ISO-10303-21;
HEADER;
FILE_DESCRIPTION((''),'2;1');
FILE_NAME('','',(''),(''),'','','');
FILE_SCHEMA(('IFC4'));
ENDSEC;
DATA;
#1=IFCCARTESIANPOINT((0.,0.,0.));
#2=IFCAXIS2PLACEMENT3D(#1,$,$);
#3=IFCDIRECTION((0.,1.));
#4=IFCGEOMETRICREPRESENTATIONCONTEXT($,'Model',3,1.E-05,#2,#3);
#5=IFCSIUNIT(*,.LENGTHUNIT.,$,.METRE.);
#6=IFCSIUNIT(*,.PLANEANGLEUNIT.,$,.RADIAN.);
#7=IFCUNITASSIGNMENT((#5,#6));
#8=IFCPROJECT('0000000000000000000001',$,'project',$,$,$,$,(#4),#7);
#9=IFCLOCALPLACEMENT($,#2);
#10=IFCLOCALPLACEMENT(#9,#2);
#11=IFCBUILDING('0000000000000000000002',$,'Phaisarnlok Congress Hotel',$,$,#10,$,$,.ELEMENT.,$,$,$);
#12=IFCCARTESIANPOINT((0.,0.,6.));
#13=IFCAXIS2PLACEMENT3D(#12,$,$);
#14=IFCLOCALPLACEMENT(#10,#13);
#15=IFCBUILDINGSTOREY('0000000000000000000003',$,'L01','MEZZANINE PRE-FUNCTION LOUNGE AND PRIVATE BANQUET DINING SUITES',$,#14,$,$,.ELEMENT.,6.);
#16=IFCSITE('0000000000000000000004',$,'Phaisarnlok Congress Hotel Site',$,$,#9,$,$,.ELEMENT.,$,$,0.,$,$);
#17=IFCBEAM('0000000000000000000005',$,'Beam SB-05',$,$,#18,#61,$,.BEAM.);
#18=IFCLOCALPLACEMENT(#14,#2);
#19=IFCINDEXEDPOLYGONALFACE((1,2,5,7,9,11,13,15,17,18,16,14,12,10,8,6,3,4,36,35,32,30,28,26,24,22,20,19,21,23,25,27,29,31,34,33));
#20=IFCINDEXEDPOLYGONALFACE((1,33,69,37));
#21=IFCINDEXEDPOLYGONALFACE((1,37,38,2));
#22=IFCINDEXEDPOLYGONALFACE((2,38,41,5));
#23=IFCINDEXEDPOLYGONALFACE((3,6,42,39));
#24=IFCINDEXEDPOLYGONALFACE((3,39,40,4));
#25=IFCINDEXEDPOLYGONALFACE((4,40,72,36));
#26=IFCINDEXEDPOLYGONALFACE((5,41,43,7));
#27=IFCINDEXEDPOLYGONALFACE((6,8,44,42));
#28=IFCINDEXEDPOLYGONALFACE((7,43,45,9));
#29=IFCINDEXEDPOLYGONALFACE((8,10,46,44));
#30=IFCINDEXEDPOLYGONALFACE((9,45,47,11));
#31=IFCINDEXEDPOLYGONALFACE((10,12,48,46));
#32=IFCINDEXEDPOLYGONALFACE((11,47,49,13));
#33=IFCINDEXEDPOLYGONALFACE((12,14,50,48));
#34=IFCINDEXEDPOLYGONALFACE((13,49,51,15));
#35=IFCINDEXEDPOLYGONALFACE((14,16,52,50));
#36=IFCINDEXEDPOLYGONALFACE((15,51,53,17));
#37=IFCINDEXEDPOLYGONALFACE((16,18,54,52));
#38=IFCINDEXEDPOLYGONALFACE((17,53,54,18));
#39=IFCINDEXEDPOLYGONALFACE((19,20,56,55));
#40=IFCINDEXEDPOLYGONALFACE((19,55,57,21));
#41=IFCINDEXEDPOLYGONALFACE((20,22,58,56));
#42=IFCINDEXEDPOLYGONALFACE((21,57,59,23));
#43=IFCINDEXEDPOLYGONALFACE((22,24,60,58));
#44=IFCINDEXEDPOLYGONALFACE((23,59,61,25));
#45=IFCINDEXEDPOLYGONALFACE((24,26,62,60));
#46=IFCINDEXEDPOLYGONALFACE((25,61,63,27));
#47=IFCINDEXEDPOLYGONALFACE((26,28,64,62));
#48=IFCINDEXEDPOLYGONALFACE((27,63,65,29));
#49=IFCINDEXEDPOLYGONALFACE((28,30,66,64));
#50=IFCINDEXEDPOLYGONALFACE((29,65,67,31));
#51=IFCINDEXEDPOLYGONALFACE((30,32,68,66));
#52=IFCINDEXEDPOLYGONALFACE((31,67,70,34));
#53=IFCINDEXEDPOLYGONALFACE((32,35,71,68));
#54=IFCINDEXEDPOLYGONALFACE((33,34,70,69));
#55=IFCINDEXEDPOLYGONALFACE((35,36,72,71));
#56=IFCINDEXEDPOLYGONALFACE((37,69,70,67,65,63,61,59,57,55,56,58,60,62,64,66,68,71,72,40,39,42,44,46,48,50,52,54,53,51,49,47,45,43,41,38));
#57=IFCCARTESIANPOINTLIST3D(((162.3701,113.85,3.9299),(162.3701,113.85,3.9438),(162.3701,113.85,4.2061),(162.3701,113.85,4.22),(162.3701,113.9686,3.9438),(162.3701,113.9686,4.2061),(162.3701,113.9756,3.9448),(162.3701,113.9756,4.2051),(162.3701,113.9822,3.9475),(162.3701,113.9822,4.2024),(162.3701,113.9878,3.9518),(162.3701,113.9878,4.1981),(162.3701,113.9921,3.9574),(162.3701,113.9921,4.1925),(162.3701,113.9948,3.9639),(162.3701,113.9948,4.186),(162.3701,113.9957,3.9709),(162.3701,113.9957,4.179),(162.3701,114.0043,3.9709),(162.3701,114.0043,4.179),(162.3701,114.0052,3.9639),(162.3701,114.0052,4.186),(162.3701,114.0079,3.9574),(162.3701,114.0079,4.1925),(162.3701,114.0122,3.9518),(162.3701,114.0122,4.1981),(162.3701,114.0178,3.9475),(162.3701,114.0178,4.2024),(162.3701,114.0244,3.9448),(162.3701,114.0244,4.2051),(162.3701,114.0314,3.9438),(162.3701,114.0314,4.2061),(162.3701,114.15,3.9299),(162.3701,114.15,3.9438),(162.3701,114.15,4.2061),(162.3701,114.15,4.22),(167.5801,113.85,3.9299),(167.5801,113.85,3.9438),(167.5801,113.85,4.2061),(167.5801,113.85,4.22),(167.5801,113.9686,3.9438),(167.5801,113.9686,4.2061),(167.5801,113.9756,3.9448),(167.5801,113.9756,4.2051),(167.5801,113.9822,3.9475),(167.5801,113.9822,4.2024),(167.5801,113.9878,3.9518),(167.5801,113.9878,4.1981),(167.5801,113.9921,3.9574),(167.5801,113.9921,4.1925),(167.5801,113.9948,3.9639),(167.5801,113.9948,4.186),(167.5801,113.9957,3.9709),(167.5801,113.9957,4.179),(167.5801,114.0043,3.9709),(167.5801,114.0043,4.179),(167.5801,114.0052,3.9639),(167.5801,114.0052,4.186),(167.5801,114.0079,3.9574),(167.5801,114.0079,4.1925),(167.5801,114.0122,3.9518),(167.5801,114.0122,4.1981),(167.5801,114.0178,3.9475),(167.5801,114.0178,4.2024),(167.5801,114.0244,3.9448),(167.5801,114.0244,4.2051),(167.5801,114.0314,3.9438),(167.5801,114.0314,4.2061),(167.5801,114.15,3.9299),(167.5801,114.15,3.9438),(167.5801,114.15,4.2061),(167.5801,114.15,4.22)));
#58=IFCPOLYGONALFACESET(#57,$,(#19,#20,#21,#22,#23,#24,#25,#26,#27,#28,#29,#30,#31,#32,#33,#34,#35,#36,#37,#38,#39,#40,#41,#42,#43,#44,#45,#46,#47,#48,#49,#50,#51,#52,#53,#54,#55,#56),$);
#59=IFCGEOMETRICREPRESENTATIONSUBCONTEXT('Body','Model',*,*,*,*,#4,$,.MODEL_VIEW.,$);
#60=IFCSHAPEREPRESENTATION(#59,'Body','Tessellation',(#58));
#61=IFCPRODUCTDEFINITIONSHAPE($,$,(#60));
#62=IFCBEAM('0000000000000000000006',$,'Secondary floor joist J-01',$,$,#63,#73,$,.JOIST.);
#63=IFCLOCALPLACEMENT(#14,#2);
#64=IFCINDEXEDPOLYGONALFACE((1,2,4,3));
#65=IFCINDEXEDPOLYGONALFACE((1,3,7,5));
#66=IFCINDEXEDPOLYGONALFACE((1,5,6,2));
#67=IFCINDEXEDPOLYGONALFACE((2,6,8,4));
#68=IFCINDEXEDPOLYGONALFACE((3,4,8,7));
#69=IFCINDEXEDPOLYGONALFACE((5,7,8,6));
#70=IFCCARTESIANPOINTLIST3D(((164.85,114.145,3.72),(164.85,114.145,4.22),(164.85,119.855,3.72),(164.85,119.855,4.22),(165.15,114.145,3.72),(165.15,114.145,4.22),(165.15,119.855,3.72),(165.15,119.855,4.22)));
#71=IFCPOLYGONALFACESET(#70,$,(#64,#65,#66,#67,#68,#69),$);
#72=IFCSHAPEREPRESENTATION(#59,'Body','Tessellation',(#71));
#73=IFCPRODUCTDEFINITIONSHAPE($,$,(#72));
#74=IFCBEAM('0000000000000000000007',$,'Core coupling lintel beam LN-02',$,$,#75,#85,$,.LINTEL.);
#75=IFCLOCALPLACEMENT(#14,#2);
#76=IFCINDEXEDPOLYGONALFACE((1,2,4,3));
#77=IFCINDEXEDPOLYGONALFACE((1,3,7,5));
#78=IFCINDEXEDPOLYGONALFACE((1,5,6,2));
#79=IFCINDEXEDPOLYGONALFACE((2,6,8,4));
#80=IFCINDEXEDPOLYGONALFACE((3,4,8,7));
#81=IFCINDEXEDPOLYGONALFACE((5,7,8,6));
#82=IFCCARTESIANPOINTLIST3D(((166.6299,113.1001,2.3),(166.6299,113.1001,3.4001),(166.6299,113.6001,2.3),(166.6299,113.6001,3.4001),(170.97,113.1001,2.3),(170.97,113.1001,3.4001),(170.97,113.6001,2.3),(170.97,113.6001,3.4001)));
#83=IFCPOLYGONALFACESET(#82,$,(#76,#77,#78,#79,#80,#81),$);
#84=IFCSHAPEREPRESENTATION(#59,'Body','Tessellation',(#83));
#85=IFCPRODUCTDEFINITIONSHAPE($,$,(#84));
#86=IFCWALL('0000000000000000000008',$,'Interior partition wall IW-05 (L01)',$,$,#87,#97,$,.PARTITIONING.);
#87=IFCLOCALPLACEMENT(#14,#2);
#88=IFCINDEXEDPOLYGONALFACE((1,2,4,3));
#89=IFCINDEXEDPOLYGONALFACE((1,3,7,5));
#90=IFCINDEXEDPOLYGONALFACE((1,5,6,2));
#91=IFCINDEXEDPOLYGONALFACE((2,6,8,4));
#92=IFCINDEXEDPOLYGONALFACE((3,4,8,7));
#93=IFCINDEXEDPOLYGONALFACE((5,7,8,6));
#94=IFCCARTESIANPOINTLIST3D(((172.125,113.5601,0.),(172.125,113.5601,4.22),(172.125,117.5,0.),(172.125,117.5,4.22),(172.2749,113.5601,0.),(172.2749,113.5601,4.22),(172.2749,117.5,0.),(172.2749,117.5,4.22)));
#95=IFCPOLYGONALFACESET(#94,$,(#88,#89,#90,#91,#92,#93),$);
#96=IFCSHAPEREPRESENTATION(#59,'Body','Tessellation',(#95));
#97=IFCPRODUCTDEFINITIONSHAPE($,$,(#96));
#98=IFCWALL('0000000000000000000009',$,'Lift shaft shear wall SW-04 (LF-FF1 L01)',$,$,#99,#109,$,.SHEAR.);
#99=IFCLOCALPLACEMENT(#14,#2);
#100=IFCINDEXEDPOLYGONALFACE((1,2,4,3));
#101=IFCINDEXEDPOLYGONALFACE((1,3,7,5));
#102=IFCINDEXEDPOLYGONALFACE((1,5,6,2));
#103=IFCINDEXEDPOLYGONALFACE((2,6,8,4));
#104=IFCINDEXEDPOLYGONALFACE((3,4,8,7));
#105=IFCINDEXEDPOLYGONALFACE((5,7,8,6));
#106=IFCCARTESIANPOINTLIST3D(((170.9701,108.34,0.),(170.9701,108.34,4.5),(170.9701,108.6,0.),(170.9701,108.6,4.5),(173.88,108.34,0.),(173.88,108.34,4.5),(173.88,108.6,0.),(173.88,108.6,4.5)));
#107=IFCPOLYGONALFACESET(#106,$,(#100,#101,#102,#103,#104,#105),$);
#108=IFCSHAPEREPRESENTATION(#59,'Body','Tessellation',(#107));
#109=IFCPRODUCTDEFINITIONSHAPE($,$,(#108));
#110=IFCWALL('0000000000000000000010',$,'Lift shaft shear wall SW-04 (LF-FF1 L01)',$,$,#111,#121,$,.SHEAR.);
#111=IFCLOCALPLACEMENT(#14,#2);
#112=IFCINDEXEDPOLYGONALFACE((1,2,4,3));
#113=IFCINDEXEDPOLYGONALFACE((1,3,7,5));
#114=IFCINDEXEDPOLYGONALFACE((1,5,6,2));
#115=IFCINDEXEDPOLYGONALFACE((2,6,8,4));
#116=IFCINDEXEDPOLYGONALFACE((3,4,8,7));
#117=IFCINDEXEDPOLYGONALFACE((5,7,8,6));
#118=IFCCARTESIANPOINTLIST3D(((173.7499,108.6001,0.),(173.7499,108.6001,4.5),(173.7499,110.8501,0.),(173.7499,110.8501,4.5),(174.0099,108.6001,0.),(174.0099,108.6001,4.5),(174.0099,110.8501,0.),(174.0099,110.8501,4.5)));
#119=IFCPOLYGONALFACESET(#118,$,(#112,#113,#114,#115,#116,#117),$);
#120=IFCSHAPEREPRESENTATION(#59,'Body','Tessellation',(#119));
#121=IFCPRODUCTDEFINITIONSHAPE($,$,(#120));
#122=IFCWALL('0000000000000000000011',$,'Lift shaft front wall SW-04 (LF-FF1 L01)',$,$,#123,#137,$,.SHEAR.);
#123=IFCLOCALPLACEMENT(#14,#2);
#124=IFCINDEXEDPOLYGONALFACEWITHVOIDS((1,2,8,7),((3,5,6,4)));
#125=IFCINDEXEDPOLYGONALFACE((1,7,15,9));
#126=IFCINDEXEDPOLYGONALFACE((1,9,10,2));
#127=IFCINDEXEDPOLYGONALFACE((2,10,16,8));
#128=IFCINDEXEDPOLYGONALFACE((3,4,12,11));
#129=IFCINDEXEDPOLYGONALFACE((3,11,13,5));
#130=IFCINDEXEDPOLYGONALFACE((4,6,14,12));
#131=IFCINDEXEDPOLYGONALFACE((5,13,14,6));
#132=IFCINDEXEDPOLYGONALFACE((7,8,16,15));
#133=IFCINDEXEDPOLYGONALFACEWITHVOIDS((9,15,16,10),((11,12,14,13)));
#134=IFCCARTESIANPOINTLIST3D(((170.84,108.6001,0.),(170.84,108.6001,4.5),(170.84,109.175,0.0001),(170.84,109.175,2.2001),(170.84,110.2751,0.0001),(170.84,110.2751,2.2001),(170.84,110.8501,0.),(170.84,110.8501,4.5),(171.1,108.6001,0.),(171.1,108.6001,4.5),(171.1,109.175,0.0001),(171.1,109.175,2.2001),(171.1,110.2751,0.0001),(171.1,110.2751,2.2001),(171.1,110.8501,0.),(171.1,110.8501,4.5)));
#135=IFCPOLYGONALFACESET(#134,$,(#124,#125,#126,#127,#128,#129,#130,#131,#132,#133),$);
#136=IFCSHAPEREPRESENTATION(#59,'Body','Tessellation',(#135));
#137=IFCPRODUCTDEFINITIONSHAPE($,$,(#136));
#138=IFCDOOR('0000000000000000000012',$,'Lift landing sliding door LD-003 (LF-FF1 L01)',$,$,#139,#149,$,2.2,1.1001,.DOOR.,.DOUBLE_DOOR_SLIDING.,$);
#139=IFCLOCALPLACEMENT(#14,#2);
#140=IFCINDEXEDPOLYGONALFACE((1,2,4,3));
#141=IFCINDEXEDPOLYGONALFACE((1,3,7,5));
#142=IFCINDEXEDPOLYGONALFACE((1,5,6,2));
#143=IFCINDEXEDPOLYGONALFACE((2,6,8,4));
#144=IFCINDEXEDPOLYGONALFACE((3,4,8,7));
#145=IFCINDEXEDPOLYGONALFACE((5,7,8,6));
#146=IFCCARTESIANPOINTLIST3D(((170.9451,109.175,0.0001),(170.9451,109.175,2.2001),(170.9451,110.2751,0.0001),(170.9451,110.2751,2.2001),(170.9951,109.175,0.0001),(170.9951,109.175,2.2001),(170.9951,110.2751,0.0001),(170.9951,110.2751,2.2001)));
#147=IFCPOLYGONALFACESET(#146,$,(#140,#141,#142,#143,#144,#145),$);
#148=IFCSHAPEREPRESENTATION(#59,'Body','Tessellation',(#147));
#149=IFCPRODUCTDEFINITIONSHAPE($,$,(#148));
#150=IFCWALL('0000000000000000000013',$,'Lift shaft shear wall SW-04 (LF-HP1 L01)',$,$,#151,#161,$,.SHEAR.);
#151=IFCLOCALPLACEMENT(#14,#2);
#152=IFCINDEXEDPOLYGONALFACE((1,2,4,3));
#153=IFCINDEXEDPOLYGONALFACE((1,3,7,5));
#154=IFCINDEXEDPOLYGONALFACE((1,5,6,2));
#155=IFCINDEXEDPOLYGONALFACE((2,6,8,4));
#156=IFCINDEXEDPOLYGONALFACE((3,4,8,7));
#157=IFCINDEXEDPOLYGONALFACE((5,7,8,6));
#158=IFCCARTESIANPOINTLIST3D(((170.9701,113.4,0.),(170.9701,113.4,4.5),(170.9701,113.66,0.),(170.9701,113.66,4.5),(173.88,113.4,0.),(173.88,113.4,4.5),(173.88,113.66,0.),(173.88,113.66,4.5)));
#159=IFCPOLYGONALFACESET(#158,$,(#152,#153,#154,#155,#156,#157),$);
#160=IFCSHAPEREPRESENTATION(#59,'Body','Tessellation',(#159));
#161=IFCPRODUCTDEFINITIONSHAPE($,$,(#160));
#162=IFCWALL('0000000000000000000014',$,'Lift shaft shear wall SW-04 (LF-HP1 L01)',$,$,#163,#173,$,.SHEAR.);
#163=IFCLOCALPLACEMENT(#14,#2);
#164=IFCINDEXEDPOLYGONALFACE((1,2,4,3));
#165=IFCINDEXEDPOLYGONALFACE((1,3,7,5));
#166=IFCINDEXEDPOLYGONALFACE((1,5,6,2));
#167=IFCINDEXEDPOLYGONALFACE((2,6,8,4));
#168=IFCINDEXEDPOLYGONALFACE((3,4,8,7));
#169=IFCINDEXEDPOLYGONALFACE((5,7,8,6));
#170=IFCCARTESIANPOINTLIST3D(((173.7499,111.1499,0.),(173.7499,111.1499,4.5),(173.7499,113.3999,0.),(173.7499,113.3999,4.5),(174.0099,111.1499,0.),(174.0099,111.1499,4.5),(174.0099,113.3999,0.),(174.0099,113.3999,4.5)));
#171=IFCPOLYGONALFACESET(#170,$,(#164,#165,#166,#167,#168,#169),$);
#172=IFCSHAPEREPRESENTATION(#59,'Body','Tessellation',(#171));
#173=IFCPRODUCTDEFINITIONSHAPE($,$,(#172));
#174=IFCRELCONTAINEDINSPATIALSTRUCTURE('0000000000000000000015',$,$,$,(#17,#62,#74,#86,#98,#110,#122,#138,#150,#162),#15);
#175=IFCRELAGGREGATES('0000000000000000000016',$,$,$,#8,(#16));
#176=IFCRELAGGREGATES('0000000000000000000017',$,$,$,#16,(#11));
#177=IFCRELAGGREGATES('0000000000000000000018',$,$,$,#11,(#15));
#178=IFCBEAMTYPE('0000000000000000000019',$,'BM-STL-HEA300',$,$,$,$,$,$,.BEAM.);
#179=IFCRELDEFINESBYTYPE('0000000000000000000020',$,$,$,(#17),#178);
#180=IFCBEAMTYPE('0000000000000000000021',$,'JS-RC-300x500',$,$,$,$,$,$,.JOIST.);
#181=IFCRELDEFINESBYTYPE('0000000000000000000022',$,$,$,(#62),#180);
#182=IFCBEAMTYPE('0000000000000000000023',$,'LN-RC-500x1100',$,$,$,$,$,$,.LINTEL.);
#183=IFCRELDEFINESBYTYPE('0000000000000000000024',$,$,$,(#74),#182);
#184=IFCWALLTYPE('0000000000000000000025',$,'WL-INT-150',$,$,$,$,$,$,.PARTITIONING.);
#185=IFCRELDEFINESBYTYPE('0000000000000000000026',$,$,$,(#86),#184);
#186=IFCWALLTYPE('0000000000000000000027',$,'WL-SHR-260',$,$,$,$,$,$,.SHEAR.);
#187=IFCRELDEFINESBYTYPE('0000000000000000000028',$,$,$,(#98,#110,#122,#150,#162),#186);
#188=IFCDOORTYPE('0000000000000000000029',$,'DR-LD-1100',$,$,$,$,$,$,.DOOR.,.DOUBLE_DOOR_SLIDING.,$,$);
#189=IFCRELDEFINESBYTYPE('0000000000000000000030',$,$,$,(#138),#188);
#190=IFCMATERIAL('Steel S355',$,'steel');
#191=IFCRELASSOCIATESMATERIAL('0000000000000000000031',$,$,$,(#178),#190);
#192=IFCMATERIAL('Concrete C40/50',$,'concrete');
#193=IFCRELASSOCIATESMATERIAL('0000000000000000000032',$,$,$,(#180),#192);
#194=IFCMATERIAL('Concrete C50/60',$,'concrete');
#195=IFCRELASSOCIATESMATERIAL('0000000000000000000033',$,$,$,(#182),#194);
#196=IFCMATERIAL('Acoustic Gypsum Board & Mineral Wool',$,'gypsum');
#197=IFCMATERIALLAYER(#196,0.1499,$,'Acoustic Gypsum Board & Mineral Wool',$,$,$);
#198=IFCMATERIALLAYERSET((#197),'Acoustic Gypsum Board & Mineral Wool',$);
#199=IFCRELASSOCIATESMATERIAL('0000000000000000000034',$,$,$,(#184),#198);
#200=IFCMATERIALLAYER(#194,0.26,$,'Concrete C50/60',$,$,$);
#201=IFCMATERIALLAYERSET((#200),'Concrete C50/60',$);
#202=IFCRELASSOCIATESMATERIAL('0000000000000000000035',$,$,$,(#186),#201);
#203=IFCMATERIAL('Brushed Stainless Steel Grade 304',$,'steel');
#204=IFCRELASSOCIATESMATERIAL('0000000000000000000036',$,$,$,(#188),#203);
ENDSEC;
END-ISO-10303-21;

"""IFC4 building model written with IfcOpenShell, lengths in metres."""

from ifc_helpers import new_model, si_unit, direction, frame, frame_2d, origin, origin_2d, place, context, subcontext, project, spatial, rectangle, i_section, extrude, material, layer, layer_set, material_profile, profile_set, type_object, element, fill, save


model = new_model("IFC4")

# Units and contexts
model_context = context("Model", 3, precision=1e-05, world=origin(), true_north=direction((0.0, 1.0)))
body_context = subcontext(model_context, "Body", "Model", "MODEL_VIEW")
ifc_project = project(units=[si_unit("LENGTHUNIT", "METRE"), si_unit("PLANEANGLEUNIT", "RADIAN")], contexts=[model_context])

# Site, building, storey
site_placement = place(None, origin())
site = spatial("IfcSite", under=ifc_project, at=site_placement, Name="Phaisarnlok Congress Hotel Site", CompositionType="ELEMENT", RefElevation=0.0)
building_placement = place(site_placement, origin())
building = spatial("IfcBuilding", under=site, at=building_placement, Name="Phaisarnlok Congress Hotel", CompositionType="ELEMENT")
storey_placement = place(building_placement, frame((0.0, 0.0, 6.0)))
storey = spatial("IfcBuildingStorey", under=building, at=storey_placement, Name="L01", Description="MEZZANINE PRE-FUNCTION LOUNGE AND PRIVATE BANQUET DINING SUITES", CompositionType="ELEMENT", Elevation=6.0)

# Shared definitions
ifc_material_1 = material(Name="Concrete C50/60", Category="concrete")

# Beams
ifc_material_2 = material(Name="Concrete C40/50", Category="concrete")
ifc_material_3 = material(Name="Steel S355", Category="steel")
ifc_material_profile_1 = material_profile(ifc_material_3, i_section(OverallWidth=0.3, OverallDepth=0.29, WebThickness=0.0085, FlangeThickness=0.0139, FilletRadius=0.0271, at=origin_2d()), Name="HEA 300")
ifc_profile_set_1 = profile_set([ifc_material_profile_1], Name="Steel S355")
beam_type_1 = type_object("IfcBeamType", Name="BM-STL-HEA300", PredefinedType="BEAM", material=ifc_profile_set_1)
beam_1_placement = place(storey_placement, frame((162.3701, 114.0, 4.075), z_axis=(1.0, 0.0, 0.0), x_axis=(0.0, 1.0, 0.0)))
element("IfcBeam", 1, at=beam_1_placement, inside=storey, type_object=beam_type_1, Name="Beam SB-05", PredefinedType="BEAM", context=body_context, shape_type="SweptSolid", body=[
    extrude(i_section(OverallWidth=0.3, OverallDepth=0.29, WebThickness=0.0085, FlangeThickness=0.0139, FilletRadius=0.0271, at=origin_2d()), origin(), (0.0, 0.0, 1.0), 5.21),
])
ifc_material_profile_2 = material_profile(ifc_material_2, rectangle(XDim=0.3, YDim=0.5, at=origin_2d()), Name="RC 300x500")
ifc_profile_set_2 = profile_set([ifc_material_profile_2], Name="Concrete C40/50")
beam_type_2 = type_object("IfcBeamType", Name="JS-RC-300x500", PredefinedType="JOIST", material=ifc_profile_set_2)
beam_2_placement = place(storey_placement, frame((165.0, 114.145, 3.97), z_axis=(0.0, 1.0, 0.0), x_axis=(-1.0, 0.0, 0.0)))
element("IfcBeam", 2, at=beam_2_placement, inside=storey, type_object=beam_type_2, Name="Secondary floor joist J-01", PredefinedType="JOIST", context=body_context, shape_type="SweptSolid", body=[
    extrude(rectangle(XDim=0.3, YDim=0.5, at=origin_2d()), origin(), (0.0, 0.0, 1.0), 5.71),
])
ifc_material_profile_3 = material_profile(ifc_material_1, rectangle(XDim=0.5, YDim=1.1001, at=origin_2d()), Name="RC 500x1100")
ifc_profile_set_3 = profile_set([ifc_material_profile_3], Name="Concrete C50/60")
beam_type_3 = type_object("IfcBeamType", Name="LN-RC-500x1100", PredefinedType="LINTEL", material=ifc_profile_set_3)
beam_3_placement = place(storey_placement, frame((166.6299, 113.3501, 2.8501), z_axis=(1.0, 0.0, 0.0), x_axis=(0.0, 1.0, 0.0)))
element("IfcBeam", 3, at=beam_3_placement, inside=storey, type_object=beam_type_3, Name="Core coupling lintel beam LN-02", PredefinedType="LINTEL", context=body_context, shape_type="SweptSolid", body=[
    extrude(rectangle(XDim=0.5, YDim=1.1001, at=origin_2d()), origin(), (0.0, 0.0, 1.0), 4.3401),
])

# Wall
ifc_material_4 = material(Name="Acoustic Gypsum Board & Mineral Wool", Category="gypsum")
ifc_layer_1 = layer(ifc_material_4, 0.1499, Name="Acoustic Gypsum Board & Mineral Wool")
ifc_layer_set_1 = layer_set([ifc_layer_1], Name="Acoustic Gypsum Board & Mineral Wool")
wall_type_1 = type_object("IfcWallType", Name="WL-INT-150", PredefinedType="PARTITIONING", material=ifc_layer_set_1)
wall_1_placement = place(storey_placement, frame((172.2, 113.5601, 0.0), z_axis=(0.0, 0.0, 1.0), x_axis=(0.0, 1.0, 0.0)))
element("IfcWall", 4, at=wall_1_placement, inside=storey, type_object=wall_type_1, Name="Interior partition wall IW-05 (L01)", PredefinedType="PARTITIONING", context=body_context, shape_type="SweptSolid", body=[
    extrude(rectangle(XDim=3.9399, YDim=0.1499, at=frame_2d((1.97, 0.0))), origin(), (0.0, 0.0, 1.0), 4.22),
])

# Shared definitions
ifc_layer_2 = layer(ifc_material_1, 0.26, Name="Concrete C50/60")
ifc_layer_set_2 = layer_set([ifc_layer_2], Name="Concrete C50/60")
wall_type_2 = type_object("IfcWallType", Name="WL-SHR-260", PredefinedType="SHEAR", material=ifc_layer_set_2)

# Walls
wall_2_placement = place(storey_placement, frame((170.97, 108.47, 0.0), z_axis=(0.0, 0.0, 1.0), x_axis=(1.0, 0.0, 0.0)))
element("IfcWall", 5, at=wall_2_placement, inside=storey, type_object=wall_type_2, Name="Lift shaft shear wall SW-04 (LF-FF1 L01)", PredefinedType="SHEAR", context=body_context, shape_type="SweptSolid", body=[
    extrude(rectangle(XDim=2.9099, YDim=0.26, at=frame_2d((1.4551, 0.0))), origin(), (0.0, 0.0, 1.0), 4.5),
])
wall_3_placement = place(storey_placement, frame((173.8799, 108.6001, 0.0), z_axis=(0.0, 0.0, 1.0), x_axis=(0.0, 1.0, 0.0)))
element("IfcWall", 6, at=wall_3_placement, inside=storey, type_object=wall_type_2, Name="Lift shaft shear wall SW-04 (LF-FF1 L01)", PredefinedType="SHEAR", context=body_context, shape_type="SweptSolid", body=[
    extrude(rectangle(XDim=2.25, YDim=0.26, at=frame_2d((1.125, 0.0))), origin(), (0.0, 0.0, 1.0), 4.5),
])

# Wall, opening, door
wall_4_placement = place(storey_placement, frame((170.97, 108.6001, 0.0), z_axis=(0.0, 0.0, 1.0), x_axis=(0.0, 1.0, 0.0)))
wall_4 = element("IfcWall", 7, at=wall_4_placement, inside=storey, type_object=wall_type_2, Name="Lift shaft front wall SW-04 (LF-FF1 L01)", PredefinedType="SHEAR", context=body_context, shape_type="SweptSolid", body=[
    extrude(rectangle(XDim=2.25, YDim=0.26, at=frame_2d((1.125, 0.0))), origin(), (0.0, 0.0, 1.0), 4.5),
])
opening_1_placement = place(wall_4_placement, frame((0.575, 0.0, 0.0)))
opening_1 = element("IfcOpeningElement", 8, at=opening_1_placement, cuts=wall_4, PredefinedType="OPENING", context=body_context, shape_type="SweptSolid", body=[
    extrude(rectangle(XDim=1.1001, YDim=2.2, at=frame_2d((0.55, 1.1001))), frame((0.0, 0.1401, 0.0), z_axis=(0.0, -1.0, 0.0), x_axis=(1.0, 0.0, 0.0)), (0.0, 0.0, 1.0), 0.28),
])
ifc_material_5 = material(Name="Brushed Stainless Steel Grade 304", Category="steel")
door_type_1 = type_object("IfcDoorType", Name="DR-LD-1100", OperationType="DOUBLE_DOOR_SLIDING", PredefinedType="DOOR", material=ifc_material_5)
door_1_placement = place(opening_1_placement, origin())
door_1 = element("IfcDoor", 9, at=door_1_placement, inside=storey, type_object=door_type_1, Name="Lift landing sliding door LD-003 (LF-FF1 L01)", OperationType="DOUBLE_DOOR_SLIDING", OverallHeight=2.2, OverallWidth=1.1001, PredefinedType="DOOR", context=body_context, shape_type="SweptSolid", body=[
    extrude(rectangle(XDim=1.1001, YDim=2.2, at=frame_2d((0.55, 1.1001))), frame((0.0, 0.0249, 0.0), z_axis=(0.0, -1.0, 0.0), x_axis=(1.0, 0.0, 0.0)), (0.0, 0.0, 1.0), 0.05),
])
fill(opening_1, door_1)

# Walls
wall_5_placement = place(storey_placement, frame((170.97, 113.53, 0.0), z_axis=(0.0, 0.0, 1.0), x_axis=(1.0, 0.0, 0.0)))
element("IfcWall", 10, at=wall_5_placement, inside=storey, type_object=wall_type_2, Name="Lift shaft shear wall SW-04 (LF-HP1 L01)", PredefinedType="SHEAR", context=body_context, shape_type="SweptSolid", body=[
    extrude(rectangle(XDim=2.9099, YDim=0.26, at=frame_2d((1.4551, 0.0))), origin(), (0.0, 0.0, 1.0), 4.5),
])
wall_6_placement = place(storey_placement, frame((173.8799, 111.1499, 0.0), z_axis=(0.0, 0.0, 1.0), x_axis=(0.0, 1.0, 0.0)))
element("IfcWall", 11, at=wall_6_placement, inside=storey, type_object=wall_type_2, Name="Lift shaft shear wall SW-04 (LF-HP1 L01)", PredefinedType="SHEAR", context=body_context, shape_type="SweptSolid", body=[
    extrude(rectangle(XDim=2.25, YDim=0.26, at=frame_2d((1.125, 0.0))), origin(), (0.0, 0.0, 1.0), 4.5),
])

save(model, "model.ifc")
